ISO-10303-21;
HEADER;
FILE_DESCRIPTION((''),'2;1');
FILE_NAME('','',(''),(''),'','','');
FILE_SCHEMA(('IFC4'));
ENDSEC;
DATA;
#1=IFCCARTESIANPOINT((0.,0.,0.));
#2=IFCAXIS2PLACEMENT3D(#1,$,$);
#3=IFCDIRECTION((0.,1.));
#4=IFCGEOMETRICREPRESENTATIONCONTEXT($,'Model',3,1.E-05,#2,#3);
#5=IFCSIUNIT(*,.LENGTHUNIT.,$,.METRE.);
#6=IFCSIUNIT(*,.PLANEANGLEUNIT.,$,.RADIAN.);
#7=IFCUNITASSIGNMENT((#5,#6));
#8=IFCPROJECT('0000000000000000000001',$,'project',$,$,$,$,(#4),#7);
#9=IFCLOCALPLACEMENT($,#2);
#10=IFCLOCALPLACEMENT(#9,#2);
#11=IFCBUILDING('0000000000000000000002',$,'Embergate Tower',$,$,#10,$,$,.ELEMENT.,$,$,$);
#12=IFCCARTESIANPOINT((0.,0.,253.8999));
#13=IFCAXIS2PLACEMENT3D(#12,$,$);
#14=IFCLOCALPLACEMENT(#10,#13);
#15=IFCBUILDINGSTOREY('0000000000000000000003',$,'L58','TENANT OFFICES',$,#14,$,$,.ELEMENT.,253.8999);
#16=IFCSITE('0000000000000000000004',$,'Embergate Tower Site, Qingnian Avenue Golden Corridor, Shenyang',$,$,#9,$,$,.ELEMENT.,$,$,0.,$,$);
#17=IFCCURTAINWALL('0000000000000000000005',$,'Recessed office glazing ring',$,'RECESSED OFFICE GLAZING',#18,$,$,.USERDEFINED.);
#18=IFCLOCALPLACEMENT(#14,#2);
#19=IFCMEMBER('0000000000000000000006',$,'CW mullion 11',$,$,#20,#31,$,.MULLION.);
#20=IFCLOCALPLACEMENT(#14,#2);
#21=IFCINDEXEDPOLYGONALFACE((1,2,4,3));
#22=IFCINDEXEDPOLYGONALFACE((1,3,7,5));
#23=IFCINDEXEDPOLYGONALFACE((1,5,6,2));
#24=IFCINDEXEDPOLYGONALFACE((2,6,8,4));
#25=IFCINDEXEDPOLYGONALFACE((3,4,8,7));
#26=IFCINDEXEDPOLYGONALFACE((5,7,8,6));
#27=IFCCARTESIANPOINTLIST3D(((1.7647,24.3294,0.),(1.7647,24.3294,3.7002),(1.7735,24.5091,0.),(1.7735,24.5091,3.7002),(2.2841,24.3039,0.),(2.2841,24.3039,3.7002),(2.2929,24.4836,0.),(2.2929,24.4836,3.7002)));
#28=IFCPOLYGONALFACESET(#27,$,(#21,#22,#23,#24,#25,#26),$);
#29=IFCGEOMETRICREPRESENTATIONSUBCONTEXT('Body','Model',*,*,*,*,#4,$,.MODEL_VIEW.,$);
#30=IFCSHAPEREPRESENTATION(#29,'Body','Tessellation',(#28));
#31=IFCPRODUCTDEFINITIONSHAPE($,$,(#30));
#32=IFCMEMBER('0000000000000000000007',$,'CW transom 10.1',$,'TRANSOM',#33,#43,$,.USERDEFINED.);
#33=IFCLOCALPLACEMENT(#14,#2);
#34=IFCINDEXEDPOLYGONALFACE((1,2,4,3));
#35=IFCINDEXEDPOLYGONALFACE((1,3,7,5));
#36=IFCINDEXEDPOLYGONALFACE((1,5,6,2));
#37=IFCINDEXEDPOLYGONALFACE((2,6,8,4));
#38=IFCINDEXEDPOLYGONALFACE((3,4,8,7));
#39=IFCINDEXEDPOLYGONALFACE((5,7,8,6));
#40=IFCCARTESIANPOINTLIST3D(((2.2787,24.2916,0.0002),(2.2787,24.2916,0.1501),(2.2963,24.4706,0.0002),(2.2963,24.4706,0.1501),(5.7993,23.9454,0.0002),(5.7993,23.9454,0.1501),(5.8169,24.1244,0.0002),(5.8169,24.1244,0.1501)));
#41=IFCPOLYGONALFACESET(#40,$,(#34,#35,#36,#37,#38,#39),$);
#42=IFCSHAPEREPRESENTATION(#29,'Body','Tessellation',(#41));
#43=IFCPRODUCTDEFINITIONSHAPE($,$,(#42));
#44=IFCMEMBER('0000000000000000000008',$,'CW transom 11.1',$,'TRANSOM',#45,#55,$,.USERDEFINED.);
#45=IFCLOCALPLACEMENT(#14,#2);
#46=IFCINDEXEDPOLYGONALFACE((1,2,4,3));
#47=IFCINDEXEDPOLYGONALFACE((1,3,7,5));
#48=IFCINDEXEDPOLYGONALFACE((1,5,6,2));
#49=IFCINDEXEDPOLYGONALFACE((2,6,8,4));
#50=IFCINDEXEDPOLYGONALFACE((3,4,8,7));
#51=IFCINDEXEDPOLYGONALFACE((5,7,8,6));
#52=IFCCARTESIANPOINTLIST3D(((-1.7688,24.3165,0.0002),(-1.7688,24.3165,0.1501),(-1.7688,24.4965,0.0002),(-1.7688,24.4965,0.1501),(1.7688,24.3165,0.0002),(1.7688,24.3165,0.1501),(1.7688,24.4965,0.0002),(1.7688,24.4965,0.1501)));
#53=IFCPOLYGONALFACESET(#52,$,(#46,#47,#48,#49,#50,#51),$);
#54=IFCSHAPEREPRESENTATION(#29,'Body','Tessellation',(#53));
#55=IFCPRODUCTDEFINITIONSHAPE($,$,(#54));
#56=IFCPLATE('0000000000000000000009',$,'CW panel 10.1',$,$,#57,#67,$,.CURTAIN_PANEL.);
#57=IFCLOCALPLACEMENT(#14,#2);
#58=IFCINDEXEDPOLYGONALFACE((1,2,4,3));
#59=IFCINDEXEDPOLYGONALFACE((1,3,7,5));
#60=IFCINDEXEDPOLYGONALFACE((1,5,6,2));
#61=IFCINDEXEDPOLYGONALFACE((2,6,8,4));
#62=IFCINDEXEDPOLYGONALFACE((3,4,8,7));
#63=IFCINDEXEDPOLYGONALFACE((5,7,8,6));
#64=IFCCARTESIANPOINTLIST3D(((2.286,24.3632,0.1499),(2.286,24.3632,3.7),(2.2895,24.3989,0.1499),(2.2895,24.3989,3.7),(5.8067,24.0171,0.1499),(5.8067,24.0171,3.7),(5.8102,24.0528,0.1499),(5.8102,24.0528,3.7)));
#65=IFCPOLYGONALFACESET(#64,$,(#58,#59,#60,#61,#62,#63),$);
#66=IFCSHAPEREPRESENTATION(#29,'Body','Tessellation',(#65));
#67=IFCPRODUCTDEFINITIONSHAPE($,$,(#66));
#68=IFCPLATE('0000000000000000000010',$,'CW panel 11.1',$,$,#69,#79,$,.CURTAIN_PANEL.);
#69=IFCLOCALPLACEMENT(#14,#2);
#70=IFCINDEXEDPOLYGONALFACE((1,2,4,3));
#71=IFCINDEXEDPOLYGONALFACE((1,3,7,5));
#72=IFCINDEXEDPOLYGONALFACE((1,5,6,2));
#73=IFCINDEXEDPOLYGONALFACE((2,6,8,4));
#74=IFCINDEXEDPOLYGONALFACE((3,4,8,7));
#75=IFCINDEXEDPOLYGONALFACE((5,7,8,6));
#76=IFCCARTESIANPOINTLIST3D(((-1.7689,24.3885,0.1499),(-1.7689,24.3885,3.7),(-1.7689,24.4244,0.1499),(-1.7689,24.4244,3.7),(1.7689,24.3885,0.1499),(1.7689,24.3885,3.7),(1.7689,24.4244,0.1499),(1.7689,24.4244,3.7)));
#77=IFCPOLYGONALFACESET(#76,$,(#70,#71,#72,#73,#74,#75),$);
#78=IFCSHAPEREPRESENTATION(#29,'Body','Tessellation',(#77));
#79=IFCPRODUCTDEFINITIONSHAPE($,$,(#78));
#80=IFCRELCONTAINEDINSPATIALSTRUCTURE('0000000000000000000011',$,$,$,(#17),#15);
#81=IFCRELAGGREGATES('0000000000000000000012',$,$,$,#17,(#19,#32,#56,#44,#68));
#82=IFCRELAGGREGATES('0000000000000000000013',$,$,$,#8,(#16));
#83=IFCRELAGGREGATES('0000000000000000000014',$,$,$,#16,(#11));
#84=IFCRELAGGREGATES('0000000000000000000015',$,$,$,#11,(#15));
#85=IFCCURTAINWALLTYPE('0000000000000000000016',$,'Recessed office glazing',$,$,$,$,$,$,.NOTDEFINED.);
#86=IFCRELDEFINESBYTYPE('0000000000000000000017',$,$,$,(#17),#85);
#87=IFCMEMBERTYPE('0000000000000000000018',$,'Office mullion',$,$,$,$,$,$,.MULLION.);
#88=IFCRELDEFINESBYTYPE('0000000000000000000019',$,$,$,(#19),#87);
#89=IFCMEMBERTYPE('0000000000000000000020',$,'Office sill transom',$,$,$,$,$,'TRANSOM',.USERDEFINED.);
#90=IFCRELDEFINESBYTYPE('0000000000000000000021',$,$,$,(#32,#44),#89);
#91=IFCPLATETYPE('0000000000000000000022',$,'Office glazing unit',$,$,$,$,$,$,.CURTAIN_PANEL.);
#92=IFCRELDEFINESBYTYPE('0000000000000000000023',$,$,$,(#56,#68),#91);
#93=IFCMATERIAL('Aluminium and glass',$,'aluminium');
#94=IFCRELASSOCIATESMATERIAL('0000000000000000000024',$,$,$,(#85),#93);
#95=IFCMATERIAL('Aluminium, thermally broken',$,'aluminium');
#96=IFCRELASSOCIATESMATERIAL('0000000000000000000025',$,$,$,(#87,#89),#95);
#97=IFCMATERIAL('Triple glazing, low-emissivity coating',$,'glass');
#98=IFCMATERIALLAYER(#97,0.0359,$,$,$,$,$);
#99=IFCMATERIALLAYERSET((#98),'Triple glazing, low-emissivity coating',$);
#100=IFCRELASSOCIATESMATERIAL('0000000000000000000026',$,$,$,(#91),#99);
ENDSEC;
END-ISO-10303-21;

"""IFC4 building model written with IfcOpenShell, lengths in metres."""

from ifc_helpers import new_model, si_unit, direction, frame, origin, origin_2d, place, context, subcontext, project, spatial, rectangle, extrude, source, transform, mapped, material, layer, layer_set, material_profile, profile_set, type_object, element, aggregate, save


model = new_model("IFC4")

# Units and contexts
model_context = context("Model", 3, precision=1e-05, world=origin(), true_north=direction((0.0, 1.0)))
body_context = subcontext(model_context, "Body", "Model", "MODEL_VIEW")
ifc_project = project(units=[si_unit("LENGTHUNIT", "METRE"), si_unit("PLANEANGLEUNIT", "RADIAN")], contexts=[model_context])

# Site, building, storey
site_placement = place(None, origin())
site = spatial("IfcSite", under=ifc_project, at=site_placement, Name="Embergate Tower Site, Qingnian Avenue Golden Corridor, Shenyang", CompositionType="ELEMENT", RefElevation=0.0)
building_placement = place(site_placement, origin())
building = spatial("IfcBuilding", under=site, at=building_placement, Name="Embergate Tower", CompositionType="ELEMENT")
storey_placement = place(building_placement, frame((0.0, 0.0, 253.8999)))
storey = spatial("IfcBuildingStorey", under=building, at=storey_placement, Name="L58", Description="TENANT OFFICES", CompositionType="ELEMENT", Elevation=253.8999)

# Curtain wall, members, plates
ifc_material_1 = material(Name="Aluminium and glass", Category="aluminium")
curtain_wall_type = type_object("IfcCurtainWallType", Name="Recessed office glazing", PredefinedType="NOTDEFINED", material=ifc_material_1)
curtain_wall_placement = place(storey_placement, origin())
curtain_wall = element("IfcCurtainWall", 1, at=curtain_wall_placement, inside=storey, type_object=curtain_wall_type, Name="Recessed office glazing ring", ObjectType="RECESSED OFFICE GLAZING", PredefinedType="USERDEFINED")
ifc_material_2 = material(Name="Aluminium, thermally broken", Category="aluminium")
ifc_material_profile_1 = material_profile(ifc_material_2, rectangle(XDim=0.1799, YDim=0.52, at=origin_2d()), Name="AL 520x180")
ifc_profile_set_1 = profile_set([ifc_material_profile_1], Name="Aluminium, thermally broken")
member_type_1 = type_object("IfcMemberType", Name="Office mullion", PredefinedType="MULLION", material=ifc_profile_set_1)
shared_shape_1 = source(origin(), body_context, "Body", "SweptSolid", [
    extrude(rectangle(XDim=0.1799, YDim=0.52, at=origin_2d()), origin(), (0.0, 0.0, 1.0), 3.7002),
])
member_1_placement = place(storey_placement, frame((2.0288, 24.4065, 0.0), z_axis=(0.0, 0.0, 1.0), x_axis=(-0.04897, -0.9988, 0.0)))
member_1 = element("IfcMember", 2, at=member_1_placement, type_object=member_type_1, Name="CW mullion 11", PredefinedType="MULLION", context=body_context, shape_type="MappedRepresentation", body=[
    mapped(shared_shape_1, transform((0.0, 0.0, 0.0))),
])
ifc_material_profile_2 = material_profile(ifc_material_2, rectangle(XDim=0.1799, YDim=0.1499, at=origin_2d()), Name="AL 150x180")
ifc_profile_set_2 = profile_set([ifc_material_profile_2], Name="Aluminium, thermally broken")
member_type_2 = type_object("IfcMemberType", Name="Office sill transom", ElementType="TRANSOM", PredefinedType="USERDEFINED", material=ifc_profile_set_2)
shared_shape_2 = source(origin(), body_context, "Body", "SweptSolid", [
    extrude(rectangle(XDim=0.1799, YDim=0.1499, at=origin_2d()), origin(), (0.0, 0.0, 1.0), 3.5376),
])
member_2_placement = place(storey_placement, frame((5.8081, 24.0349, 0.0752), z_axis=(-0.9952, 0.097864, 0.0), x_axis=(-0.097864, -0.9952, 0.0)))
member_2 = element("IfcMember", 3, at=member_2_placement, type_object=member_type_2, Name="CW transom 10.1", ObjectType="TRANSOM", PredefinedType="USERDEFINED", context=body_context, shape_type="MappedRepresentation", body=[
    mapped(shared_shape_2, transform((0.0, 0.0, 0.0))),
])
member_3_placement = place(storey_placement, frame((1.7688, 24.4065, 0.0752), z_axis=(-1.0, 0.0, 0.0), x_axis=(0.0, -1.0, 0.0)))
member_3 = element("IfcMember", 4, at=member_3_placement, type_object=member_type_2, Name="CW transom 11.1", ObjectType="TRANSOM", PredefinedType="USERDEFINED", context=body_context, shape_type="MappedRepresentation", body=[
    mapped(shared_shape_2, transform((0.0, 0.0, 0.0))),
])
ifc_material_3 = material(Name="Triple glazing, low-emissivity coating", Category="glass")
ifc_layer = layer(ifc_material_3, 0.0359)
ifc_layer_set = layer_set([ifc_layer], Name="Triple glazing, low-emissivity coating")
plate_type = type_object("IfcPlateType", Name="Office glazing unit", PredefinedType="CURTAIN_PANEL", material=ifc_layer_set)
shared_shape_3 = source(origin(), body_context, "Body", "SweptSolid", [
    extrude(rectangle(XDim=3.5376, YDim=0.0359, at=origin_2d()), origin(), (0.0, 0.0, 1.0), 3.55),
])
plate_1_placement = place(storey_placement, frame((4.0481, 24.208, 0.1499), z_axis=(0.0, 0.0, 1.0), x_axis=(-0.995203, 0.09783, 0.0)))
plate_1 = element("IfcPlate", 5, at=plate_1_placement, type_object=plate_type, Name="CW panel 10.1", PredefinedType="CURTAIN_PANEL", context=body_context, shape_type="MappedRepresentation", body=[
    mapped(shared_shape_3, transform((0.0, 0.0, 0.0))),
])
shared_shape_4 = source(origin(), body_context, "Body", "SweptSolid", [
    extrude(rectangle(XDim=3.5378, YDim=0.0359, at=origin_2d()), origin(), (0.0, 0.0, 1.0), 3.55),
])
plate_2_placement = place(storey_placement, frame((0.0, 24.4065, 0.1499), z_axis=(0.0, 0.0, 1.0), x_axis=(-1.0, 0.0, 0.0)))
plate_2 = element("IfcPlate", 6, at=plate_2_placement, type_object=plate_type, Name="CW panel 11.1", PredefinedType="CURTAIN_PANEL", context=body_context, shape_type="MappedRepresentation", body=[
    mapped(shared_shape_4, transform((0.0, 0.0, 0.0))),
])
aggregate(curtain_wall, [member_1, member_2, plate_1, member_3, plate_2])

save(model, "model.ifc")
